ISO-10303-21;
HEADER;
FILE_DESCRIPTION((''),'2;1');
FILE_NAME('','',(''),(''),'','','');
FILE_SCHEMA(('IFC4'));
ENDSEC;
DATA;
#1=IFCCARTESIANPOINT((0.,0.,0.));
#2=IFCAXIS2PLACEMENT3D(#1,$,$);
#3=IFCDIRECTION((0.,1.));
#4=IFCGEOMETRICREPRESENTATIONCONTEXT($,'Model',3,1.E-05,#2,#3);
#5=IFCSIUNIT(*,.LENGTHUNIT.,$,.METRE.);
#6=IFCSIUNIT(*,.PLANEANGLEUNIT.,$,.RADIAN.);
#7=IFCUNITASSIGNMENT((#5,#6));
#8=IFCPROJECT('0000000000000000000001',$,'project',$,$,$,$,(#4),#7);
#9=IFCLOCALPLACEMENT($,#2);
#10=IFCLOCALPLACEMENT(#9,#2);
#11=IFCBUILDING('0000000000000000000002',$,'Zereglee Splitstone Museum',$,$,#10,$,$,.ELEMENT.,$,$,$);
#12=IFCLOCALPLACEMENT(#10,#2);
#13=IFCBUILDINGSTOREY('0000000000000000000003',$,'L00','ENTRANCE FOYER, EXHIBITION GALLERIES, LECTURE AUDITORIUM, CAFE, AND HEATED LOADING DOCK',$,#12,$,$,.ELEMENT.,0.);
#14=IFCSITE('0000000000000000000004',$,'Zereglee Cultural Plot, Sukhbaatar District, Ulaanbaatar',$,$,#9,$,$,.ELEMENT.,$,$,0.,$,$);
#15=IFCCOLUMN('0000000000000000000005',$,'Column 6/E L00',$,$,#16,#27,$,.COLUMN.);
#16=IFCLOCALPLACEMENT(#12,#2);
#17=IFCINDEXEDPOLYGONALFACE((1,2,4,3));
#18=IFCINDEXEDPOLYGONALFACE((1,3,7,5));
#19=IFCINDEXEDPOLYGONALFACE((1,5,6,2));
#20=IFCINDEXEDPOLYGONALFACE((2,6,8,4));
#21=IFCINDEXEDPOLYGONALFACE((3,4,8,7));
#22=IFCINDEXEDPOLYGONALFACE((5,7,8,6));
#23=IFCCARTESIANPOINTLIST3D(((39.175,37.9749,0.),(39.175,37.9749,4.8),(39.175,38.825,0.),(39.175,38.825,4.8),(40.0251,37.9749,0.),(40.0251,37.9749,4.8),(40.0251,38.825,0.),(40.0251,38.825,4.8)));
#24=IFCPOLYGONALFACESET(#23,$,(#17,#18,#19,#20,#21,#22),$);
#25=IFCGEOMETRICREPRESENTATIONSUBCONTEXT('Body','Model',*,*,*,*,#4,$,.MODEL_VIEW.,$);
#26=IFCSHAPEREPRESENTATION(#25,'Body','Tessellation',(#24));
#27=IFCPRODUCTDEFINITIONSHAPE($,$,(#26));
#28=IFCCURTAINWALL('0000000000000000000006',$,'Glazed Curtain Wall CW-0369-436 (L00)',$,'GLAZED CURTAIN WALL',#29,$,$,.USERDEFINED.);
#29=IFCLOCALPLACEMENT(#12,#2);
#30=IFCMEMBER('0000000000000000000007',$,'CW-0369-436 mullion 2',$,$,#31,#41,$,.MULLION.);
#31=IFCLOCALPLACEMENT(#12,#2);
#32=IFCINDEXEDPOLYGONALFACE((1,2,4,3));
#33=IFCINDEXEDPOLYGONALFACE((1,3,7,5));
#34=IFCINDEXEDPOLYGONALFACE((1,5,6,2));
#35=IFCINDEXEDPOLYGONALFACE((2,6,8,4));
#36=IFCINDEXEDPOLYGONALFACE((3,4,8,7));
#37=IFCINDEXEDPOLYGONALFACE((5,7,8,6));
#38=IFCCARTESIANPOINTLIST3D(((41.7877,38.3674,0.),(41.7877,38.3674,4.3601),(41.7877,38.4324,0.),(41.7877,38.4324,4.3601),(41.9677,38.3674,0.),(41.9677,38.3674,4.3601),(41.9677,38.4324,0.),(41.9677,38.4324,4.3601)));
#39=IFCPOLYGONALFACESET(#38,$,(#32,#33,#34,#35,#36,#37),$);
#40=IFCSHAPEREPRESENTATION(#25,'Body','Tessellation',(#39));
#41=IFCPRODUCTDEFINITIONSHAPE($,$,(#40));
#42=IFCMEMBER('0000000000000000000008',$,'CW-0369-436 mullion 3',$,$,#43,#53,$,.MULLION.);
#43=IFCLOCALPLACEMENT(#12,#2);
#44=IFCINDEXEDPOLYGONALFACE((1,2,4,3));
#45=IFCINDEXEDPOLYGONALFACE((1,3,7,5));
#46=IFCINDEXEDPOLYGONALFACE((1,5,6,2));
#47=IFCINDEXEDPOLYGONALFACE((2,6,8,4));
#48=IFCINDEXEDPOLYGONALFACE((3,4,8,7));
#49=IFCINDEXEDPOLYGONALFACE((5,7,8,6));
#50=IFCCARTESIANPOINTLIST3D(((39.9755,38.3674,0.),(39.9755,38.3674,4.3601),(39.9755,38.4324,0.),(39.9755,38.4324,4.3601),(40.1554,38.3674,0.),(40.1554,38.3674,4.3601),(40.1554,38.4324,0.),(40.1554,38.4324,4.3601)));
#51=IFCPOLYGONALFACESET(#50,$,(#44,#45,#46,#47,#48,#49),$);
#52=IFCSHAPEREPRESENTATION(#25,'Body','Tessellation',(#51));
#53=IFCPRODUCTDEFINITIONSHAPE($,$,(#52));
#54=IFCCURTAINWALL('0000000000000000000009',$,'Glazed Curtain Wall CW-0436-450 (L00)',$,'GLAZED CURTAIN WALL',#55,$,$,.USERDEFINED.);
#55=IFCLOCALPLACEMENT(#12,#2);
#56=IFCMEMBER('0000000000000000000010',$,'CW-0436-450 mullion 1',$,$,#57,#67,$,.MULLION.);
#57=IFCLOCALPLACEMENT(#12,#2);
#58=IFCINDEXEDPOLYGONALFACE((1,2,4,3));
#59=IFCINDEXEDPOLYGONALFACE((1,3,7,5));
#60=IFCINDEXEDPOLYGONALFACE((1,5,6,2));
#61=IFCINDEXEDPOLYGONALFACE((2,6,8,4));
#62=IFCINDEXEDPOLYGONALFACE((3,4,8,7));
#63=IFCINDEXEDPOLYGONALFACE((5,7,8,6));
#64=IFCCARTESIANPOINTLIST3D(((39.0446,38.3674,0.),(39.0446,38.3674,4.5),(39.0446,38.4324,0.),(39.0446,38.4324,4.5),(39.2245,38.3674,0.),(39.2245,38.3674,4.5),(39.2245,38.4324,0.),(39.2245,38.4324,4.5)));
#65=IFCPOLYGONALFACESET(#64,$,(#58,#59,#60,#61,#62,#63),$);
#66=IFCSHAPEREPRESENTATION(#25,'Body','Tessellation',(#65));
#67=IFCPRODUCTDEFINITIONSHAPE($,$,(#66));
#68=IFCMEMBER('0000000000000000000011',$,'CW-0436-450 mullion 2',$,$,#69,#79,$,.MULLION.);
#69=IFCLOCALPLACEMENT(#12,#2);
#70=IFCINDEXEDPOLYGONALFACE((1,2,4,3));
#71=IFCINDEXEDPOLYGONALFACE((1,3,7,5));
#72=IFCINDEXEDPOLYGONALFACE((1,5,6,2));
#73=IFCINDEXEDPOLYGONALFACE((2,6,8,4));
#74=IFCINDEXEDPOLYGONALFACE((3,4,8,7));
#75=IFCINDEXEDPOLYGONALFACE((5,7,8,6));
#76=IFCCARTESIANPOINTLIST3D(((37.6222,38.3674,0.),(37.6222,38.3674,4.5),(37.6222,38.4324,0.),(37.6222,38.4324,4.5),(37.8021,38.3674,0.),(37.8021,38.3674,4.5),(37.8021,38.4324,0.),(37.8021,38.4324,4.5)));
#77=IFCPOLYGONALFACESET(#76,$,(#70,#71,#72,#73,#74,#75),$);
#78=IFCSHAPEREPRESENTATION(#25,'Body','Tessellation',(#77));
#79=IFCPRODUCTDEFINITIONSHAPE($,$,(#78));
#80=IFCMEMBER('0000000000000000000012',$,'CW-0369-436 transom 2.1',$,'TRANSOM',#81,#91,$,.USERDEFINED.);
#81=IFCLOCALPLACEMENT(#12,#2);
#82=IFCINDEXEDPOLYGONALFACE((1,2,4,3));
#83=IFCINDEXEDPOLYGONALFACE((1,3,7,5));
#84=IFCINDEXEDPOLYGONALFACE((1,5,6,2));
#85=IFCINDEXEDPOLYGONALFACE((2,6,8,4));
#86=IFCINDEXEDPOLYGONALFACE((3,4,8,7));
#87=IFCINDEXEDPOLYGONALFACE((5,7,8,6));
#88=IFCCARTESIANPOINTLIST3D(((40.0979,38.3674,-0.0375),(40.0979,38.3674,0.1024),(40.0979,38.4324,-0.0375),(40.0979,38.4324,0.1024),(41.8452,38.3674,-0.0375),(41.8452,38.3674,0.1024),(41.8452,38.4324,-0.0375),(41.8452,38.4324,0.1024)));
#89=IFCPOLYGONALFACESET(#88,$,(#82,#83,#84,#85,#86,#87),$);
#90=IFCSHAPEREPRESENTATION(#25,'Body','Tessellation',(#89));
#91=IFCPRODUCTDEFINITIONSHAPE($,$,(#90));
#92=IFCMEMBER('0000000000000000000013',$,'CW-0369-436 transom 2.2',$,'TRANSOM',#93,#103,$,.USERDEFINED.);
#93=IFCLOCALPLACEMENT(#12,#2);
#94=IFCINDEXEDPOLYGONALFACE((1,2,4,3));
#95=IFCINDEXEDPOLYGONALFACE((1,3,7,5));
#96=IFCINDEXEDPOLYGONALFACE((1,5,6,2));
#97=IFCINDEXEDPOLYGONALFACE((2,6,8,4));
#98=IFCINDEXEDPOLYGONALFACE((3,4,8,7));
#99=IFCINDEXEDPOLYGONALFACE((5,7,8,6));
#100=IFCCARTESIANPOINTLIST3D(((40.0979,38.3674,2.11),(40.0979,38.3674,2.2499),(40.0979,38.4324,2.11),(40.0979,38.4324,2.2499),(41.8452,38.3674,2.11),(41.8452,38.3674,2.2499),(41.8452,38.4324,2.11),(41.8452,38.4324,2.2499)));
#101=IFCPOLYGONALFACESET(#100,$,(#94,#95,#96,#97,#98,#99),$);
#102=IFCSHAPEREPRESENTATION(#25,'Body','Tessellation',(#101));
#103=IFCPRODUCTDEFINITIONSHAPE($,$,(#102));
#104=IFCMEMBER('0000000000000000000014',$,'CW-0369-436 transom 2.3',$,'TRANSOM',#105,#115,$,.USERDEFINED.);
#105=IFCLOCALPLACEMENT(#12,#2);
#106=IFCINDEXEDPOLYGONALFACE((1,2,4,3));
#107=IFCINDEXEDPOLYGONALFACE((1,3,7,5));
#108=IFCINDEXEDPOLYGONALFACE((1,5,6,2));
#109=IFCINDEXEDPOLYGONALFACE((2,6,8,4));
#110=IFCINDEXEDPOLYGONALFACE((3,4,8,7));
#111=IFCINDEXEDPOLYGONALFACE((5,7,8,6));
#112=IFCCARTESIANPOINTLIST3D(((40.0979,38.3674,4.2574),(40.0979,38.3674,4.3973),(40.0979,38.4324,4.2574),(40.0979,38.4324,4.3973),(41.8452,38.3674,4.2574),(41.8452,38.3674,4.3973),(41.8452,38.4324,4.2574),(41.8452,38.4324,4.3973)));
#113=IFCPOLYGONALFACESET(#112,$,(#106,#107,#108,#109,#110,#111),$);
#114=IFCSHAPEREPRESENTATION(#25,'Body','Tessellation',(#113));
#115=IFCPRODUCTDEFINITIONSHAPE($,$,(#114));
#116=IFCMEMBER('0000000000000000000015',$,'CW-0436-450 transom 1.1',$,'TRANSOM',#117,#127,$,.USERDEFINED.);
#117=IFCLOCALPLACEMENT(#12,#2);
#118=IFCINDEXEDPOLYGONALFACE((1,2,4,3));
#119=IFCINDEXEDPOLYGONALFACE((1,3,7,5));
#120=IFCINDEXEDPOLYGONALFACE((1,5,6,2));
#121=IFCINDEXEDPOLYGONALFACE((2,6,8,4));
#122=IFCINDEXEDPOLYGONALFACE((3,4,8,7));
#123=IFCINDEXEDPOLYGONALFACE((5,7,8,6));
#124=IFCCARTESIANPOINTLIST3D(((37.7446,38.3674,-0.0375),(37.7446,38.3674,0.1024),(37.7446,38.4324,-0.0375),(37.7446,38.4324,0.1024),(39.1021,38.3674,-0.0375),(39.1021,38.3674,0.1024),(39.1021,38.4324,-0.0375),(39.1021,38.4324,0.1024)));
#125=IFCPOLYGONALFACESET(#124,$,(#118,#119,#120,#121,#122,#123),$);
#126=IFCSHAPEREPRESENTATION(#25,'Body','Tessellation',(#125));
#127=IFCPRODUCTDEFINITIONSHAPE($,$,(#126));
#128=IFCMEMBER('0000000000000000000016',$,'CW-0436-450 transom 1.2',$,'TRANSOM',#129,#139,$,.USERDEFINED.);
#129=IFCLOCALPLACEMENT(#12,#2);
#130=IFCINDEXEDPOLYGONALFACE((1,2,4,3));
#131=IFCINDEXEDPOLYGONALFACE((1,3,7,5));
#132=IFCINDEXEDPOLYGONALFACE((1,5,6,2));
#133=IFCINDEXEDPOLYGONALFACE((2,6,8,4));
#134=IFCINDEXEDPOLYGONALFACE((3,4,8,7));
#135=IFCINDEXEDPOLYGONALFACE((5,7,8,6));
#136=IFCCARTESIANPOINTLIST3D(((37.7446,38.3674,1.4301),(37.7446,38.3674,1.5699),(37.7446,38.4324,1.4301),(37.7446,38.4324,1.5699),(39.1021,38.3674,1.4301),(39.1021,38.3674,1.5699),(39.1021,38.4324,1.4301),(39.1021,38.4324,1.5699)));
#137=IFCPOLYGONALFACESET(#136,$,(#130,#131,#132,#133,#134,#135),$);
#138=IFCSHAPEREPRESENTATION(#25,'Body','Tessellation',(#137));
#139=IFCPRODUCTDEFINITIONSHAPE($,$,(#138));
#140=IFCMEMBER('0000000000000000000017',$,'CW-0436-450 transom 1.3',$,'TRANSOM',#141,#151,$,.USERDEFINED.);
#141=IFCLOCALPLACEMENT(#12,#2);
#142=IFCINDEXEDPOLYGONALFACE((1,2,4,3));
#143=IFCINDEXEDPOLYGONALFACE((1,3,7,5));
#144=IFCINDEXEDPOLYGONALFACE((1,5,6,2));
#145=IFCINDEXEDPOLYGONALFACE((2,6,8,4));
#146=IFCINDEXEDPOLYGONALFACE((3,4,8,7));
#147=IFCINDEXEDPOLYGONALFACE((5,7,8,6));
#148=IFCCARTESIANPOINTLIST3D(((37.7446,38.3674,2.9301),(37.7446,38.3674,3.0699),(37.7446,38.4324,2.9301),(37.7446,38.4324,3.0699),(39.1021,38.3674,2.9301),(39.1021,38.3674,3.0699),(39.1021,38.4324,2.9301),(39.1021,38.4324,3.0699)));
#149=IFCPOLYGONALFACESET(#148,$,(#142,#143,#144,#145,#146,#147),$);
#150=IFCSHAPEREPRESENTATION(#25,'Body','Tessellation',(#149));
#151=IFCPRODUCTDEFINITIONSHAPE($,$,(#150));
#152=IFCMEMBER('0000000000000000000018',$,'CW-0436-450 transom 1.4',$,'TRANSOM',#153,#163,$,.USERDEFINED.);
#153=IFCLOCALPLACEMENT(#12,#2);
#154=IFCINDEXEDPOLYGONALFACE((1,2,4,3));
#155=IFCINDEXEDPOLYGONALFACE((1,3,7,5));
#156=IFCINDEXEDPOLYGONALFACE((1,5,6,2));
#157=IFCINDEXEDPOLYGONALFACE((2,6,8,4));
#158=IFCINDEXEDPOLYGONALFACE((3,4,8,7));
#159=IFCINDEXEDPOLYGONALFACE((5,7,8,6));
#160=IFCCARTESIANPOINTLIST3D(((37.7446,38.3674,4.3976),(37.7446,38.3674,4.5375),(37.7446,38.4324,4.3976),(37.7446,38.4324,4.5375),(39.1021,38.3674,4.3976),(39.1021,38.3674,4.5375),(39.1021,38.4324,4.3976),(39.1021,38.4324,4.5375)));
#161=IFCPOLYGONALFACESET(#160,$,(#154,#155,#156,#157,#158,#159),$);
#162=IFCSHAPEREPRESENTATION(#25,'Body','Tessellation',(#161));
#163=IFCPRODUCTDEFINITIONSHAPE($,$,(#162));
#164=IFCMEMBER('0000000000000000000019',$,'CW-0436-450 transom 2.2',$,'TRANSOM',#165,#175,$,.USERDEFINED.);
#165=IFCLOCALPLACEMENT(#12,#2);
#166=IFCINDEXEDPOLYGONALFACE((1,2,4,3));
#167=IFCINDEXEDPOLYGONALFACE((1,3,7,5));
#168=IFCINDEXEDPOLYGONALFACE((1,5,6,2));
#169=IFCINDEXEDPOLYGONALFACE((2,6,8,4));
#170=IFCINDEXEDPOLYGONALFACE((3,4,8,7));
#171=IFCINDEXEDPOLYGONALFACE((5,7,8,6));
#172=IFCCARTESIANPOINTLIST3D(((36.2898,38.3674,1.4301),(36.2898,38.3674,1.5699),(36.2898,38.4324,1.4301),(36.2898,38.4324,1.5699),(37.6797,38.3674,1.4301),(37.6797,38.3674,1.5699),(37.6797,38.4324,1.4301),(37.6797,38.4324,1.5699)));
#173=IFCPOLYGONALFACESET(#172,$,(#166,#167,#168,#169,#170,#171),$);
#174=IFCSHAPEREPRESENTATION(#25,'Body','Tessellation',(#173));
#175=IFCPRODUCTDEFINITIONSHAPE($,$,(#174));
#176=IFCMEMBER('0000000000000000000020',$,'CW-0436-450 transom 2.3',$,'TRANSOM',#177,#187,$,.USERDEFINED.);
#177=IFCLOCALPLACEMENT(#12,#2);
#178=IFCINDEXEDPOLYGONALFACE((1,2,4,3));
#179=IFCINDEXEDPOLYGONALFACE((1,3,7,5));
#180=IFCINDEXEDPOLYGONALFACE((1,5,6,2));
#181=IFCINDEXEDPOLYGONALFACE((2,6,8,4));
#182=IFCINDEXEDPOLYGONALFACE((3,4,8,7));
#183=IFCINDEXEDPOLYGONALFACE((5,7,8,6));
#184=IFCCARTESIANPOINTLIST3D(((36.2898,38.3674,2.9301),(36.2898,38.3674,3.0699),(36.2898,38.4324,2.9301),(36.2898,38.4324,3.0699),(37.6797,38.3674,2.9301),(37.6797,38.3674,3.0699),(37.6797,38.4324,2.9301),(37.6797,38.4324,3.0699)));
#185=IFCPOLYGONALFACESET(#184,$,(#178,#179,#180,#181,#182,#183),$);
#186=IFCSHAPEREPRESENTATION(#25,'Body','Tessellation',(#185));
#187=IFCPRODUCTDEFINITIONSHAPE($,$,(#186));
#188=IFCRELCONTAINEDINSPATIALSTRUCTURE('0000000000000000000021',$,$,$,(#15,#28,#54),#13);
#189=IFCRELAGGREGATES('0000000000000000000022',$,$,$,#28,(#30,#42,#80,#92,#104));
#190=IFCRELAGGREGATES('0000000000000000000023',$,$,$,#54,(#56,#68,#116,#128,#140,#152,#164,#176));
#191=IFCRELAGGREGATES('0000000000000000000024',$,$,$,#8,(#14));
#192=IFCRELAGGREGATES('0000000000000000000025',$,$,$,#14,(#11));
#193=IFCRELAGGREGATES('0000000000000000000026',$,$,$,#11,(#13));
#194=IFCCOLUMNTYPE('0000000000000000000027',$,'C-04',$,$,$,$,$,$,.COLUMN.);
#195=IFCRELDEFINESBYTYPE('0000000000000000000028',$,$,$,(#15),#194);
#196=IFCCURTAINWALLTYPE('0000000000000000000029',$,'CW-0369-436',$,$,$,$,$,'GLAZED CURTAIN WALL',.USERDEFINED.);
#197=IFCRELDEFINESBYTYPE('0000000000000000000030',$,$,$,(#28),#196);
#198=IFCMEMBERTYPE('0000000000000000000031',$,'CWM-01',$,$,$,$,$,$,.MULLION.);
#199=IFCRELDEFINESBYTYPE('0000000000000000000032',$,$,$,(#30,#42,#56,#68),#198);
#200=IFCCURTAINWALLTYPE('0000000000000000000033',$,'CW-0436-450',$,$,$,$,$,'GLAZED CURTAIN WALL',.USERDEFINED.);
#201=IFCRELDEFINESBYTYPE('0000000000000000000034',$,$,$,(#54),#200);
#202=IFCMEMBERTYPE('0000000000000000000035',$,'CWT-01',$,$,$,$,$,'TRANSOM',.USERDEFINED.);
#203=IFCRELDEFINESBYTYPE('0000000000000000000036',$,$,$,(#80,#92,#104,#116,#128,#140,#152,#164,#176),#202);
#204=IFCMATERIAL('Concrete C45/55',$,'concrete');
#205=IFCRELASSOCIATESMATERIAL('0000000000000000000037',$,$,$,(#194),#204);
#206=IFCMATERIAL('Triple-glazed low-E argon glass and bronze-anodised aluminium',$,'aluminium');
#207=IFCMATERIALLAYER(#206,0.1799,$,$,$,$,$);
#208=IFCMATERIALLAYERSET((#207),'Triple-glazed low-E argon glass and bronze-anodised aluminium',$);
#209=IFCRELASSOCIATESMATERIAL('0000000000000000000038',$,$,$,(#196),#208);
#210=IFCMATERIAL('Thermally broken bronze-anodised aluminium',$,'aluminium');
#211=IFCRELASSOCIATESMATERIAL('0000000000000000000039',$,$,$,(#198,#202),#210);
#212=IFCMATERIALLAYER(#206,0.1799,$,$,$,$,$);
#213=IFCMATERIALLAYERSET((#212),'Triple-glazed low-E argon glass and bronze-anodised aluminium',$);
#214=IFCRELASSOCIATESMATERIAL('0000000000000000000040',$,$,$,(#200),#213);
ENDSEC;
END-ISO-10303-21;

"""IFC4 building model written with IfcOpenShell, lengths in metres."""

from ifc_helpers import new_model, si_unit, direction, frame, origin, origin_2d, place, context, subcontext, project, spatial, rectangle, extrude, material, layer, layer_set, material_profile, profile_set, type_object, element, aggregate, save


model = new_model("IFC4")

# Units and contexts
model_context = context("Model", 3, precision=1e-05, world=origin(), true_north=direction((0.0, 1.0)))
body_context = subcontext(model_context, "Body", "Model", "MODEL_VIEW")
ifc_project = project(units=[si_unit("LENGTHUNIT", "METRE"), si_unit("PLANEANGLEUNIT", "RADIAN")], contexts=[model_context])

# Site, building, storey
site_placement = place(None, origin())
site = spatial("IfcSite", under=ifc_project, at=site_placement, Name="Zereglee Cultural Plot, Sukhbaatar District, Ulaanbaatar", CompositionType="ELEMENT", RefElevation=0.0)
building_placement = place(site_placement, origin())
building = spatial("IfcBuilding", under=site, at=building_placement, Name="Zereglee Splitstone Museum", CompositionType="ELEMENT")
storey_placement = place(building_placement, origin())
storey = spatial("IfcBuildingStorey", under=building, at=storey_placement, Name="L00", Description="ENTRANCE FOYER, EXHIBITION GALLERIES, LECTURE AUDITORIUM, CAFE, AND HEATED LOADING DOCK", CompositionType="ELEMENT", Elevation=0.0)

# Column
ifc_material_1 = material(Name="Concrete C45/55", Category="concrete")
ifc_material_profile_1 = material_profile(ifc_material_1, rectangle(XDim=0.8501, YDim=0.8501, at=origin_2d()), Name="RC 850x850")
ifc_profile_set_1 = profile_set([ifc_material_profile_1], Name="Concrete C45/55")
column_type = type_object("IfcColumnType", Name="C-04", PredefinedType="COLUMN", material=ifc_profile_set_1)
column_placement = place(storey_placement, frame((39.6001, 38.3999, 0.0), z_axis=(0.0, 0.0, 1.0), x_axis=(1.0, 0.0, 0.0)))
element("IfcColumn", 1, at=column_placement, inside=storey, type_object=column_type, Name="Column 6/E L00", PredefinedType="COLUMN", context=body_context, shape_type="SweptSolid", body=[
    extrude(rectangle(XDim=0.8501, YDim=0.8501, at=origin_2d()), origin(), (0.0, 0.0, 1.0), 4.8),
])

# Curtain walls, members
ifc_material_2 = material(Name="Triple-glazed low-E argon glass and bronze-anodised aluminium", Category="aluminium")
ifc_layer_1 = layer(ifc_material_2, 0.1799)
ifc_layer_set_1 = layer_set([ifc_layer_1], Name="Triple-glazed low-E argon glass and bronze-anodised aluminium")
curtain_wall_type_1 = type_object("IfcCurtainWallType", Name="CW-0369-436", ElementType="GLAZED CURTAIN WALL", PredefinedType="USERDEFINED", material=ifc_layer_set_1)
curtain_wall_1_placement = place(storey_placement, origin())
curtain_wall_1 = element("IfcCurtainWall", 2, at=curtain_wall_1_placement, inside=storey, type_object=curtain_wall_type_1, Name="Glazed Curtain Wall CW-0369-436 (L00)", ObjectType="GLAZED CURTAIN WALL", PredefinedType="USERDEFINED")
ifc_material_3 = material(Name="Thermally broken bronze-anodised aluminium", Category="aluminium")
ifc_material_profile_2 = material_profile(ifc_material_3, rectangle(XDim=0.0649, YDim=0.1799, at=origin_2d()), Name="CW MULL 65x180")
ifc_profile_set_2 = profile_set([ifc_material_profile_2], Name="Thermally broken bronze-anodised aluminium")
member_type_1 = type_object("IfcMemberType", Name="CWM-01", PredefinedType="MULLION", material=ifc_profile_set_2)
member_1_placement = place(storey_placement, frame((41.8777, 38.3999, 0.0), z_axis=(0.0, 0.0, 1.0), x_axis=(0.0, -1.0, 0.0)))
member_1 = element("IfcMember", 3, at=member_1_placement, type_object=member_type_1, Name="CW-0369-436 mullion 2", PredefinedType="MULLION", context=body_context, shape_type="SweptSolid", body=[
    extrude(rectangle(XDim=0.0649, YDim=0.1799, at=origin_2d()), origin(), (0.0, 0.0, 1.0), 4.3601),
])
member_2_placement = place(storey_placement, frame((40.0654, 38.3999, 0.0), z_axis=(0.0, 0.0, 1.0), x_axis=(0.0, -1.0, 0.0)))
member_2 = element("IfcMember", 4, at=member_2_placement, type_object=member_type_1, Name="CW-0369-436 mullion 3", PredefinedType="MULLION", context=body_context, shape_type="SweptSolid", body=[
    extrude(rectangle(XDim=0.0649, YDim=0.1799, at=origin_2d()), origin(), (0.0, 0.0, 1.0), 4.3601),
])
ifc_layer_2 = layer(ifc_material_2, 0.1799)
ifc_layer_set_2 = layer_set([ifc_layer_2], Name="Triple-glazed low-E argon glass and bronze-anodised aluminium")
curtain_wall_type_2 = type_object("IfcCurtainWallType", Name="CW-0436-450", ElementType="GLAZED CURTAIN WALL", PredefinedType="USERDEFINED", material=ifc_layer_set_2)
curtain_wall_2_placement = place(storey_placement, origin())
curtain_wall_2 = element("IfcCurtainWall", 5, at=curtain_wall_2_placement, inside=storey, type_object=curtain_wall_type_2, Name="Glazed Curtain Wall CW-0436-450 (L00)", ObjectType="GLAZED CURTAIN WALL", PredefinedType="USERDEFINED")
member_3_placement = place(storey_placement, frame((39.1345, 38.3999, 0.0), z_axis=(0.0, 0.0, 1.0), x_axis=(0.0, -1.0, 0.0)))
member_3 = element("IfcMember", 6, at=member_3_placement, type_object=member_type_1, Name="CW-0436-450 mullion 1", PredefinedType="MULLION", context=body_context, shape_type="SweptSolid", body=[
    extrude(rectangle(XDim=0.0649, YDim=0.1799, at=origin_2d()), origin(), (0.0, 0.0, 1.0), 4.5),
])
member_4_placement = place(storey_placement, frame((37.7122, 38.3999, 0.0), z_axis=(0.0, 0.0, 1.0), x_axis=(0.0, -1.0, 0.0)))
member_4 = element("IfcMember", 7, at=member_4_placement, type_object=member_type_1, Name="CW-0436-450 mullion 2", PredefinedType="MULLION", context=body_context, shape_type="SweptSolid", body=[
    extrude(rectangle(XDim=0.0649, YDim=0.1799, at=origin_2d()), origin(), (0.0, 0.0, 1.0), 4.5),
])

# Members
ifc_material_profile_3 = material_profile(ifc_material_3, rectangle(XDim=0.0649, YDim=0.1399, at=origin_2d()), Name="CW TRAN 65x140")
ifc_profile_set_3 = profile_set([ifc_material_profile_3], Name="Thermally broken bronze-anodised aluminium")
member_type_2 = type_object("IfcMemberType", Name="CWT-01", ElementType="TRANSOM", PredefinedType="USERDEFINED", material=ifc_profile_set_3)
member_5_placement = place(storey_placement, frame((41.8452, 38.3999, 0.0325), z_axis=(-1.0, 0.0, 0.0), x_axis=(0.0, -1.0, 0.0)))
member_5 = element("IfcMember", 8, at=member_5_placement, type_object=member_type_2, Name="CW-0369-436 transom 2.1", ObjectType="TRANSOM", PredefinedType="USERDEFINED", context=body_context, shape_type="SweptSolid", body=[
    extrude(rectangle(XDim=0.0649, YDim=0.1399, at=origin_2d()), origin(), (0.0, 0.0, 1.0), 1.7473),
])
member_6_placement = place(storey_placement, frame((41.8452, 38.3999, 2.1799), z_axis=(-1.0, 0.0, 0.0), x_axis=(0.0, -1.0, 0.0)))
member_6 = element("IfcMember", 9, at=member_6_placement, type_object=member_type_2, Name="CW-0369-436 transom 2.2", ObjectType="TRANSOM", PredefinedType="USERDEFINED", context=body_context, shape_type="SweptSolid", body=[
    extrude(rectangle(XDim=0.0649, YDim=0.1399, at=origin_2d()), origin(), (0.0, 0.0, 1.0), 1.7473),
])
member_7_placement = place(storey_placement, frame((41.8452, 38.3999, 4.3274), z_axis=(-1.0, 0.0, 0.0), x_axis=(0.0, -1.0, 0.0)))
member_7 = element("IfcMember", 10, at=member_7_placement, type_object=member_type_2, Name="CW-0369-436 transom 2.3", ObjectType="TRANSOM", PredefinedType="USERDEFINED", context=body_context, shape_type="SweptSolid", body=[
    extrude(rectangle(XDim=0.0649, YDim=0.1399, at=origin_2d()), origin(), (0.0, 0.0, 1.0), 1.7473),
])
member_8_placement = place(storey_placement, frame((39.1021, 38.3999, 0.0325), z_axis=(-1.0, 0.0, 0.0), x_axis=(0.0, -1.0, 0.0)))
member_8 = element("IfcMember", 11, at=member_8_placement, type_object=member_type_2, Name="CW-0436-450 transom 1.1", ObjectType="TRANSOM", PredefinedType="USERDEFINED", context=body_context, shape_type="SweptSolid", body=[
    extrude(rectangle(XDim=0.0649, YDim=0.1399, at=origin_2d()), origin(), (0.0, 0.0, 1.0), 1.3574),
])
member_9_placement = place(storey_placement, frame((39.1021, 38.3999, 1.5), z_axis=(-1.0, 0.0, 0.0), x_axis=(0.0, -1.0, 0.0)))
member_9 = element("IfcMember", 12, at=member_9_placement, type_object=member_type_2, Name="CW-0436-450 transom 1.2", ObjectType="TRANSOM", PredefinedType="USERDEFINED", context=body_context, shape_type="SweptSolid", body=[
    extrude(rectangle(XDim=0.0649, YDim=0.1399, at=origin_2d()), origin(), (0.0, 0.0, 1.0), 1.3574),
])
member_10_placement = place(storey_placement, frame((39.1021, 38.3999, 3.0), z_axis=(-1.0, 0.0, 0.0), x_axis=(0.0, -1.0, 0.0)))
member_10 = element("IfcMember", 13, at=member_10_placement, type_object=member_type_2, Name="CW-0436-450 transom 1.3", ObjectType="TRANSOM", PredefinedType="USERDEFINED", context=body_context, shape_type="SweptSolid", body=[
    extrude(rectangle(XDim=0.0649, YDim=0.1399, at=origin_2d()), origin(), (0.0, 0.0, 1.0), 1.3574),
])
member_11_placement = place(storey_placement, frame((39.1021, 38.3999, 4.4675), z_axis=(-1.0, 0.0, 0.0), x_axis=(0.0, -1.0, 0.0)))
member_11 = element("IfcMember", 14, at=member_11_placement, type_object=member_type_2, Name="CW-0436-450 transom 1.4", ObjectType="TRANSOM", PredefinedType="USERDEFINED", context=body_context, shape_type="SweptSolid", body=[
    extrude(rectangle(XDim=0.0649, YDim=0.1399, at=origin_2d()), origin(), (0.0, 0.0, 1.0), 1.3574),
])
member_12_placement = place(storey_placement, frame((37.6797, 38.3999, 1.5), z_axis=(-1.0, 0.0, 0.0), x_axis=(0.0, -1.0, 0.0)))
member_12 = element("IfcMember", 15, at=member_12_placement, type_object=member_type_2, Name="CW-0436-450 transom 2.2", ObjectType="TRANSOM", PredefinedType="USERDEFINED", context=body_context, shape_type="SweptSolid", body=[
    extrude(rectangle(XDim=0.0649, YDim=0.1399, at=origin_2d()), origin(), (0.0, 0.0, 1.0), 1.3899),
])
member_13_placement = place(storey_placement, frame((37.6797, 38.3999, 3.0), z_axis=(-1.0, 0.0, 0.0), x_axis=(0.0, -1.0, 0.0)))
member_13 = element("IfcMember", 16, at=member_13_placement, type_object=member_type_2, Name="CW-0436-450 transom 2.3", ObjectType="TRANSOM", PredefinedType="USERDEFINED", context=body_context, shape_type="SweptSolid", body=[
    extrude(rectangle(XDim=0.0649, YDim=0.1399, at=origin_2d()), origin(), (0.0, 0.0, 1.0), 1.3899),
])

aggregate(curtain_wall_1, [member_1, member_2, member_5, member_6, member_7])
aggregate(curtain_wall_2, [member_3, member_4, member_8, member_9, member_10, member_11, member_12, member_13])

save(model, "model.ifc")
